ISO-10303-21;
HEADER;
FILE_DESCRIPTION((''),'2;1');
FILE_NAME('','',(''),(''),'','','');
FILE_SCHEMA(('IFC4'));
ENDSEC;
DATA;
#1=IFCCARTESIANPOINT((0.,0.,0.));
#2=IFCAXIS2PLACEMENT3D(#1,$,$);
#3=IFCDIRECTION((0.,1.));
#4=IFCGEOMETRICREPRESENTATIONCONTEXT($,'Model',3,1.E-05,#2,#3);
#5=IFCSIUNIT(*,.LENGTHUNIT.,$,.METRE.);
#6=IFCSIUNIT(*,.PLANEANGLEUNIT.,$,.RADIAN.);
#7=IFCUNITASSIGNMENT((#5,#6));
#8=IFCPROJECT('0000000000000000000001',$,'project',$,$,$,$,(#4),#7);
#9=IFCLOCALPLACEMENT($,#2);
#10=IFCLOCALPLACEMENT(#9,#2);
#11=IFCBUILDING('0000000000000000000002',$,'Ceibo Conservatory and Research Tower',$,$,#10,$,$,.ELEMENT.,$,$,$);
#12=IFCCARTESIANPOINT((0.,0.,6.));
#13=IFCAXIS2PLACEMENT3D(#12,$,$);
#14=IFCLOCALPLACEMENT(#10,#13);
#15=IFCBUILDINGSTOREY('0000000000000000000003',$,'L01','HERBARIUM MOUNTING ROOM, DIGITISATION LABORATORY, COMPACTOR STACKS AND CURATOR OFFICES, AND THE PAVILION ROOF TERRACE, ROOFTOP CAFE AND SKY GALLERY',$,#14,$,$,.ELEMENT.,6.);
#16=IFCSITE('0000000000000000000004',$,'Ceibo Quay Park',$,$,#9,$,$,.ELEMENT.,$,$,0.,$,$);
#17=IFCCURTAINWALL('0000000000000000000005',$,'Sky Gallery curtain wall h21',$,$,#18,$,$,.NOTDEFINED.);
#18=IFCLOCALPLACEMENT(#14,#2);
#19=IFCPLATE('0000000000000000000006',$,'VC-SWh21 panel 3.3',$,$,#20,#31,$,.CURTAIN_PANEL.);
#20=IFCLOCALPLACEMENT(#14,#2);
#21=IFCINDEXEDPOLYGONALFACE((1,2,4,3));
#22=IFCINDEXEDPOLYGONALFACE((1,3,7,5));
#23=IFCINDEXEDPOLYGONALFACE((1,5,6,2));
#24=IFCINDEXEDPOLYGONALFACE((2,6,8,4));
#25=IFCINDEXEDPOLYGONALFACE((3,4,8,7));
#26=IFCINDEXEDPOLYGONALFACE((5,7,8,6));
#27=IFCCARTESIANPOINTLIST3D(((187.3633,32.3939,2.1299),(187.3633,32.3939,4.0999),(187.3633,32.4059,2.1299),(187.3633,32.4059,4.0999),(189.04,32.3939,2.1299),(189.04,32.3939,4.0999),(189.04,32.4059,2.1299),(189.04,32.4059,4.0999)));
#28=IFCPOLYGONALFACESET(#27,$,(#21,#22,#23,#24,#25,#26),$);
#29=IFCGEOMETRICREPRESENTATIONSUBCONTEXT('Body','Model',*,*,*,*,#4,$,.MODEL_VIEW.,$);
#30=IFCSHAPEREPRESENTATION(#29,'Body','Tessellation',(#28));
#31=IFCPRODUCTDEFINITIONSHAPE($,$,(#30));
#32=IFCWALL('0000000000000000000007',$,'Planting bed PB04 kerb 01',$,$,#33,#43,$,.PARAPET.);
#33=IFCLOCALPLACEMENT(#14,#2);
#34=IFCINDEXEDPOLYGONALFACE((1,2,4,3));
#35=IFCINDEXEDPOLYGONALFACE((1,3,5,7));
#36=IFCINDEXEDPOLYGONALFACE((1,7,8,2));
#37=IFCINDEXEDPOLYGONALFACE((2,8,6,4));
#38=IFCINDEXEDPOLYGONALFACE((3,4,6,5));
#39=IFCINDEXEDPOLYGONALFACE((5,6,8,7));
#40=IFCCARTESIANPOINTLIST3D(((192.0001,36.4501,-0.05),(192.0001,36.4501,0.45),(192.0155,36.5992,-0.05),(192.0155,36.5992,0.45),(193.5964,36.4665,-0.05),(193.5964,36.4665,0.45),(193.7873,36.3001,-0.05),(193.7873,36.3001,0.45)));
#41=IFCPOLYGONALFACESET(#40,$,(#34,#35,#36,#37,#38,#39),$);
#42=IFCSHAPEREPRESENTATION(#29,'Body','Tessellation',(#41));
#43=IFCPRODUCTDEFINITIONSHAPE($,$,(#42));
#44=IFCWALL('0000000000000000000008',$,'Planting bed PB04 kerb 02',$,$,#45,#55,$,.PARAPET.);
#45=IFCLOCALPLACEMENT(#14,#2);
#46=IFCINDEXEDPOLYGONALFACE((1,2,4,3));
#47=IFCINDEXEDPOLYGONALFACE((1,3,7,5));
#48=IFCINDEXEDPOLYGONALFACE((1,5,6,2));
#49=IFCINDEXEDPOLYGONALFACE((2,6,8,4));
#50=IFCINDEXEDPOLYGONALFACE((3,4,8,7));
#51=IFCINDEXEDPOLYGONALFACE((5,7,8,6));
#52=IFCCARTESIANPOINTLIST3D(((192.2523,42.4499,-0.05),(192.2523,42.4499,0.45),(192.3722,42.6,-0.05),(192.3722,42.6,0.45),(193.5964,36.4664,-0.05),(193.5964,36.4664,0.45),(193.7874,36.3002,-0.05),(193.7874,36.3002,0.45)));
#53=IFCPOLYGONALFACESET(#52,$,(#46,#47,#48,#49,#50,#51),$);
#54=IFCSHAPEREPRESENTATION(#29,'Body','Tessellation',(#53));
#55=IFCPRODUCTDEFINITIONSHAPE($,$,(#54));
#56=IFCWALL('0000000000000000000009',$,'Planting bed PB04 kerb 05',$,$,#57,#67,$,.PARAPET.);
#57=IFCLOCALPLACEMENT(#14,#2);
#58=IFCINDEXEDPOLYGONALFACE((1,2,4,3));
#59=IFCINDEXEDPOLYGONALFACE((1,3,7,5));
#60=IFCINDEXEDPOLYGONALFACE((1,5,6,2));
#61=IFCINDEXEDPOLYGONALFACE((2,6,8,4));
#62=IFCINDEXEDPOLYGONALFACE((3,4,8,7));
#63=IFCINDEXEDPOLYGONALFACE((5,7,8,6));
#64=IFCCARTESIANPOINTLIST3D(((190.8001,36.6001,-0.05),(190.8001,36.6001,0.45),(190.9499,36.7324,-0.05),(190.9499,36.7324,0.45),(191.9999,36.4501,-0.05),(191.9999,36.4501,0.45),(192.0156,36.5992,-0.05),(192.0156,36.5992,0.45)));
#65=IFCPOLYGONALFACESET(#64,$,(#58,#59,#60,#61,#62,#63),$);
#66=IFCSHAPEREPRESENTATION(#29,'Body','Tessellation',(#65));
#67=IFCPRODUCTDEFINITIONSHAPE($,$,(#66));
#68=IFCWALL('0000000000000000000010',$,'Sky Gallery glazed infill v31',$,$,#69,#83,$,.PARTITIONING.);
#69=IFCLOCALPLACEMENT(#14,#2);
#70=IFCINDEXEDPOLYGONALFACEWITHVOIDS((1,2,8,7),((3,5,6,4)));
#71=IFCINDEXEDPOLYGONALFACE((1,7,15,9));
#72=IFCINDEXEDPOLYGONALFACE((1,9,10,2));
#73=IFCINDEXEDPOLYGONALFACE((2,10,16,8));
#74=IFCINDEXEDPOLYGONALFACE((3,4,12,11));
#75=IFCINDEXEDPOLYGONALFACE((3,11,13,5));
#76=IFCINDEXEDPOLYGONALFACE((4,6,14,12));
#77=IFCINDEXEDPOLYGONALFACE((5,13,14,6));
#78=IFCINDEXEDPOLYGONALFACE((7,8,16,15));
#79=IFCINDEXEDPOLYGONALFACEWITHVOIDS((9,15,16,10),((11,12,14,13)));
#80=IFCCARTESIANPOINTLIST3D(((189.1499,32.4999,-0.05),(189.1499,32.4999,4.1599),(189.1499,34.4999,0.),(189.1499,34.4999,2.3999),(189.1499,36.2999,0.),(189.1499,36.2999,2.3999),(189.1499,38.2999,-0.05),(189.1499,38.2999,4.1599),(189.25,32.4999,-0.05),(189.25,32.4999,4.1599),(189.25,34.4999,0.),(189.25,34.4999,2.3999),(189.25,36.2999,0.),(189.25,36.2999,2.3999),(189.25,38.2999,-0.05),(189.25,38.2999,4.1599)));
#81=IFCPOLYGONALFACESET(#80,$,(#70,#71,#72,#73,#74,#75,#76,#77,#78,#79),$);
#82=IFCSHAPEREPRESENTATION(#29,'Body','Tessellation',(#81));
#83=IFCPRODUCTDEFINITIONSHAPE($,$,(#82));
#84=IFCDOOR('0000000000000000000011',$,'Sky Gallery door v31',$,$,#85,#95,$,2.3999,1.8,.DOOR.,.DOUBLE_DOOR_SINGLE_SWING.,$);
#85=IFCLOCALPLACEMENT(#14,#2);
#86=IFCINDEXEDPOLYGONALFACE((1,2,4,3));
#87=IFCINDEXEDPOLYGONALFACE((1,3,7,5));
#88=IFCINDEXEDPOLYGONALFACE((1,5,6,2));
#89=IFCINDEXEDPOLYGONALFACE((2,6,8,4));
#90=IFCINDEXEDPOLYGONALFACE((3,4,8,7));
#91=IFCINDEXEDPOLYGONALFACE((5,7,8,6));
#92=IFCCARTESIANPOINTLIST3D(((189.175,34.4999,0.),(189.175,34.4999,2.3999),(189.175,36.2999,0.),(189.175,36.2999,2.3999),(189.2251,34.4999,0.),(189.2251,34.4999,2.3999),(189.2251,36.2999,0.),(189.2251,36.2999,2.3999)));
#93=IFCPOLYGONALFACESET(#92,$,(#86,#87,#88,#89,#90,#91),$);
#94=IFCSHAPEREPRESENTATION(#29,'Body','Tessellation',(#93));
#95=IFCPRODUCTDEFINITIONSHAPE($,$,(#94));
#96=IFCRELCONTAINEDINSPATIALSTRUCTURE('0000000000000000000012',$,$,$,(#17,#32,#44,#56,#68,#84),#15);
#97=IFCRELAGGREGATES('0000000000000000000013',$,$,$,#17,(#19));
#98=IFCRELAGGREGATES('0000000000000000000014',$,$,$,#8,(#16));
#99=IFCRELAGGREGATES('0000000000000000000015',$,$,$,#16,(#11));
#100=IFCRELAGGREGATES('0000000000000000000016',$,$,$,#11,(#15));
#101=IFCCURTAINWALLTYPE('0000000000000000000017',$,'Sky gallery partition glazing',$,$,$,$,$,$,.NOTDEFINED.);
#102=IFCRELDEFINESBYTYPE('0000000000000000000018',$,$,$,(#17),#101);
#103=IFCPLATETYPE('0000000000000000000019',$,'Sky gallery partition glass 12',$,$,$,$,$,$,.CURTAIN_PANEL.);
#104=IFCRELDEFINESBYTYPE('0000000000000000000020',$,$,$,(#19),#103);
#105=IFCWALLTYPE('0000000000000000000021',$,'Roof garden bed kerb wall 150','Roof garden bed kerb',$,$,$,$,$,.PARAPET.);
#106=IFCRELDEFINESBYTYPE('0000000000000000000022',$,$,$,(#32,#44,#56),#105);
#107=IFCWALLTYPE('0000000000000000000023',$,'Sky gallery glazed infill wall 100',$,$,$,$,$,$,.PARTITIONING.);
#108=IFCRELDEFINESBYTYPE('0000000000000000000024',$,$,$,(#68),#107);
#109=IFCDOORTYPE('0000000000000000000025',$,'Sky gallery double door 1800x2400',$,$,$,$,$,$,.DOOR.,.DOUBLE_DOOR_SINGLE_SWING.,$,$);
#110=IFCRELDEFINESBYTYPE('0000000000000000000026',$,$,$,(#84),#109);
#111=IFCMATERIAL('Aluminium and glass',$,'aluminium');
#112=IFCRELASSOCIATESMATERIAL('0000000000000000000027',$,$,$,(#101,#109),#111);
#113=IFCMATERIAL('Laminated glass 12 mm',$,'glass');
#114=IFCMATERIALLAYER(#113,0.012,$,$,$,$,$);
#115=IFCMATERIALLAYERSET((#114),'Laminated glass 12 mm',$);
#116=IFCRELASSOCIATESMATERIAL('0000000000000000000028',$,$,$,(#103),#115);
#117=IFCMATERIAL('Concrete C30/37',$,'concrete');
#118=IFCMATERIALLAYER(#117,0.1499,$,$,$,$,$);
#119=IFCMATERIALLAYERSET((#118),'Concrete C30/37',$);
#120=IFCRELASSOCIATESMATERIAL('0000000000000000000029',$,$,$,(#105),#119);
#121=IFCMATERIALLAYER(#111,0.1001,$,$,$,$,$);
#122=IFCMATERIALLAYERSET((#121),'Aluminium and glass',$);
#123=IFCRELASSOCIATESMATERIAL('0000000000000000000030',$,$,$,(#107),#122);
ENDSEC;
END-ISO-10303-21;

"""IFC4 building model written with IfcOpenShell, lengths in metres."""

from ifc_helpers import new_model, si_unit, direction, frame, frame_2d, origin, origin_2d, place, context, subcontext, project, spatial, polyline, rectangle, outline, extrude, material, layer, layer_set, type_object, element, fill, aggregate, save


model = new_model("IFC4")

# Units and contexts
model_context = context("Model", 3, precision=1e-05, world=origin(), true_north=direction((0.0, 1.0)))
body_context = subcontext(model_context, "Body", "Model", "MODEL_VIEW")
ifc_project = project(units=[si_unit("LENGTHUNIT", "METRE"), si_unit("PLANEANGLEUNIT", "RADIAN")], contexts=[model_context])

# Site, building, storey
site_placement = place(None, origin())
site = spatial("IfcSite", under=ifc_project, at=site_placement, Name="Ceibo Quay Park", CompositionType="ELEMENT", RefElevation=0.0)
building_placement = place(site_placement, origin())
building = spatial("IfcBuilding", under=site, at=building_placement, Name="Ceibo Conservatory and Research Tower", CompositionType="ELEMENT")
storey_placement = place(building_placement, frame((0.0, 0.0, 6.0)))
storey = spatial("IfcBuildingStorey", under=building, at=storey_placement, Name="L01", Description="HERBARIUM MOUNTING ROOM, DIGITISATION LABORATORY, COMPACTOR STACKS AND CURATOR OFFICES, AND THE PAVILION ROOF TERRACE, ROOFTOP CAFE AND SKY GALLERY", CompositionType="ELEMENT", Elevation=6.0)

# Curtain wall, plate
ifc_material_1 = material(Name="Aluminium and glass", Category="aluminium")
curtain_wall_type = type_object("IfcCurtainWallType", Name="Sky gallery partition glazing", PredefinedType="NOTDEFINED", material=ifc_material_1)
curtain_wall_placement = place(storey_placement, origin())
curtain_wall = element("IfcCurtainWall", 1, at=curtain_wall_placement, inside=storey, type_object=curtain_wall_type, Name="Sky Gallery curtain wall h21", PredefinedType="NOTDEFINED")
ifc_material_2 = material(Name="Laminated glass 12 mm", Category="glass")
ifc_layer_1 = layer(ifc_material_2, 0.012)
ifc_layer_set_1 = layer_set([ifc_layer_1], Name="Laminated glass 12 mm")
plate_type = type_object("IfcPlateType", Name="Sky gallery partition glass 12", PredefinedType="CURTAIN_PANEL", material=ifc_layer_set_1)
plate_1_placement = place(storey_placement, frame((188.2017, 32.3999, 2.1299), z_axis=(0.0, 0.0, 1.0), x_axis=(1.0, 0.0, 0.0)))
plate_1 = element("IfcPlate", 2, at=plate_1_placement, type_object=plate_type, Name="VC-SWh21 panel 3.3", PredefinedType="CURTAIN_PANEL", context=body_context, shape_type="SweptSolid", body=[
    extrude(rectangle(XDim=1.6768, YDim=0.012, at=origin_2d()), origin(), (0.0, 0.0, 1.0), 1.97),
])
aggregate(curtain_wall, [plate_1])

# Walls
ifc_material_3 = material(Name="Concrete C30/37", Category="concrete")
ifc_layer_2 = layer(ifc_material_3, 0.1499)
ifc_layer_set_2 = layer_set([ifc_layer_2], Name="Concrete C30/37")
wall_type_1 = type_object("IfcWallType", Name="Roof garden bed kerb wall 150", Description="Roof garden bed kerb", PredefinedType="PARAPET", material=ifc_layer_set_2)
wall_1_placement = place(storey_placement, frame((192.0078, 36.5247, -0.05), z_axis=(0.0, 0.0, 1.0), x_axis=(0.996496, -0.083643, 0.0)))
element("IfcWall", 3, at=wall_1_placement, inside=storey, type_object=wall_type_1, Name="Planting bed PB04 kerb 01", PredefinedType="PARAPET", context=body_context, shape_type="SweptSolid", body=[
    extrude(outline(polyline([(-0.0015, -0.075), (1.792, -0.075), (1.5879, 0.075), (0.0015, 0.075), (-0.0015, -0.075)])), origin(), (0.0, 0.0, 1.0), 0.5),
])
wall_2_placement = place(storey_placement, frame((193.6919, 36.3833, -0.05), z_axis=(0.0, 0.0, 1.0), x_axis=(-0.219176, 0.975685, 0.0)))
element("IfcWall", 4, at=wall_2_placement, inside=storey, type_object=wall_type_1, Name="Planting bed PB04 kerb 02", PredefinedType="PARAPET", context=body_context, shape_type="SweptSolid", body=[
    extrude(outline(polyline([(-0.1021, -0.075), (6.3547, -0.075), (6.2346, 0.075), (0.1021, 0.075), (-0.1021, -0.075)])), origin(), (0.0, 0.0, 1.0), 0.5),
])
wall_3_placement = place(storey_placement, frame((190.875, 36.6663, -0.05), z_axis=(0.0, 0.0, 1.0), x_axis=(0.992278, -0.124035, 0.0)))
element("IfcWall", 5, at=wall_3_placement, inside=storey, type_object=wall_type_1, Name="Planting bed PB04 kerb 05", PredefinedType="PARAPET", context=body_context, shape_type="SweptSolid", body=[
    extrude(outline(polyline([(-0.0662, -0.075), (1.1431, -0.075), (1.1401, 0.075), (0.0662, 0.075), (-0.0662, -0.075)])), origin(), (0.0, 0.0, 1.0), 0.5),
])

# Wall, opening, door
ifc_layer_3 = layer(ifc_material_1, 0.1001)
ifc_layer_set_3 = layer_set([ifc_layer_3], Name="Aluminium and glass")
wall_type_2 = type_object("IfcWallType", Name="Sky gallery glazed infill wall 100", PredefinedType="PARTITIONING", material=ifc_layer_set_3)
wall_4_placement = place(storey_placement, frame((189.2, 32.5, -0.05), z_axis=(0.0, 0.0, 1.0), x_axis=(0.0, 1.0, 0.0)))
wall_4 = element("IfcWall", 6, at=wall_4_placement, inside=storey, type_object=wall_type_2, Name="Sky Gallery glazed infill v31", PredefinedType="PARTITIONING", context=body_context, shape_type="SweptSolid", body=[
    extrude(rectangle(XDim=5.8, YDim=0.1001, at=frame_2d((2.8999, 0.0))), origin(), (0.0, 0.0, 1.0), 4.21),
])
opening_placement = place(wall_4_placement, frame((2.0, 0.0, 0.05)))
opening = element("IfcOpeningElement", 7, at=opening_placement, cuts=wall_4, PredefinedType="OPENING", context=body_context, shape_type="SweptSolid", body=[
    extrude(rectangle(XDim=1.8, YDim=2.3999, at=frame_2d((0.8999, 1.2))), frame((0.0, 0.0601, 0.0), z_axis=(0.0, -1.0, 0.0), x_axis=(1.0, 0.0, 0.0)), (0.0, 0.0, 1.0), 0.1201),
])
door_type = type_object("IfcDoorType", Name="Sky gallery double door 1800x2400", OperationType="DOUBLE_DOOR_SINGLE_SWING", PredefinedType="DOOR", material=ifc_material_1)
door_placement = place(opening_placement, origin())
door = element("IfcDoor", 8, at=door_placement, inside=storey, type_object=door_type, Name="Sky Gallery door v31", OperationType="DOUBLE_DOOR_SINGLE_SWING", OverallHeight=2.3999, OverallWidth=1.8, PredefinedType="DOOR", context=body_context, shape_type="SweptSolid", body=[
    extrude(rectangle(XDim=1.8, YDim=2.3999, at=frame_2d((0.8999, 1.2))), frame((0.0, 0.0249, 0.0), z_axis=(0.0, -1.0, 0.0), x_axis=(1.0, 0.0, 0.0)), (0.0, 0.0, 1.0), 0.05),
])
fill(opening, door)

save(model, "model.ifc")
